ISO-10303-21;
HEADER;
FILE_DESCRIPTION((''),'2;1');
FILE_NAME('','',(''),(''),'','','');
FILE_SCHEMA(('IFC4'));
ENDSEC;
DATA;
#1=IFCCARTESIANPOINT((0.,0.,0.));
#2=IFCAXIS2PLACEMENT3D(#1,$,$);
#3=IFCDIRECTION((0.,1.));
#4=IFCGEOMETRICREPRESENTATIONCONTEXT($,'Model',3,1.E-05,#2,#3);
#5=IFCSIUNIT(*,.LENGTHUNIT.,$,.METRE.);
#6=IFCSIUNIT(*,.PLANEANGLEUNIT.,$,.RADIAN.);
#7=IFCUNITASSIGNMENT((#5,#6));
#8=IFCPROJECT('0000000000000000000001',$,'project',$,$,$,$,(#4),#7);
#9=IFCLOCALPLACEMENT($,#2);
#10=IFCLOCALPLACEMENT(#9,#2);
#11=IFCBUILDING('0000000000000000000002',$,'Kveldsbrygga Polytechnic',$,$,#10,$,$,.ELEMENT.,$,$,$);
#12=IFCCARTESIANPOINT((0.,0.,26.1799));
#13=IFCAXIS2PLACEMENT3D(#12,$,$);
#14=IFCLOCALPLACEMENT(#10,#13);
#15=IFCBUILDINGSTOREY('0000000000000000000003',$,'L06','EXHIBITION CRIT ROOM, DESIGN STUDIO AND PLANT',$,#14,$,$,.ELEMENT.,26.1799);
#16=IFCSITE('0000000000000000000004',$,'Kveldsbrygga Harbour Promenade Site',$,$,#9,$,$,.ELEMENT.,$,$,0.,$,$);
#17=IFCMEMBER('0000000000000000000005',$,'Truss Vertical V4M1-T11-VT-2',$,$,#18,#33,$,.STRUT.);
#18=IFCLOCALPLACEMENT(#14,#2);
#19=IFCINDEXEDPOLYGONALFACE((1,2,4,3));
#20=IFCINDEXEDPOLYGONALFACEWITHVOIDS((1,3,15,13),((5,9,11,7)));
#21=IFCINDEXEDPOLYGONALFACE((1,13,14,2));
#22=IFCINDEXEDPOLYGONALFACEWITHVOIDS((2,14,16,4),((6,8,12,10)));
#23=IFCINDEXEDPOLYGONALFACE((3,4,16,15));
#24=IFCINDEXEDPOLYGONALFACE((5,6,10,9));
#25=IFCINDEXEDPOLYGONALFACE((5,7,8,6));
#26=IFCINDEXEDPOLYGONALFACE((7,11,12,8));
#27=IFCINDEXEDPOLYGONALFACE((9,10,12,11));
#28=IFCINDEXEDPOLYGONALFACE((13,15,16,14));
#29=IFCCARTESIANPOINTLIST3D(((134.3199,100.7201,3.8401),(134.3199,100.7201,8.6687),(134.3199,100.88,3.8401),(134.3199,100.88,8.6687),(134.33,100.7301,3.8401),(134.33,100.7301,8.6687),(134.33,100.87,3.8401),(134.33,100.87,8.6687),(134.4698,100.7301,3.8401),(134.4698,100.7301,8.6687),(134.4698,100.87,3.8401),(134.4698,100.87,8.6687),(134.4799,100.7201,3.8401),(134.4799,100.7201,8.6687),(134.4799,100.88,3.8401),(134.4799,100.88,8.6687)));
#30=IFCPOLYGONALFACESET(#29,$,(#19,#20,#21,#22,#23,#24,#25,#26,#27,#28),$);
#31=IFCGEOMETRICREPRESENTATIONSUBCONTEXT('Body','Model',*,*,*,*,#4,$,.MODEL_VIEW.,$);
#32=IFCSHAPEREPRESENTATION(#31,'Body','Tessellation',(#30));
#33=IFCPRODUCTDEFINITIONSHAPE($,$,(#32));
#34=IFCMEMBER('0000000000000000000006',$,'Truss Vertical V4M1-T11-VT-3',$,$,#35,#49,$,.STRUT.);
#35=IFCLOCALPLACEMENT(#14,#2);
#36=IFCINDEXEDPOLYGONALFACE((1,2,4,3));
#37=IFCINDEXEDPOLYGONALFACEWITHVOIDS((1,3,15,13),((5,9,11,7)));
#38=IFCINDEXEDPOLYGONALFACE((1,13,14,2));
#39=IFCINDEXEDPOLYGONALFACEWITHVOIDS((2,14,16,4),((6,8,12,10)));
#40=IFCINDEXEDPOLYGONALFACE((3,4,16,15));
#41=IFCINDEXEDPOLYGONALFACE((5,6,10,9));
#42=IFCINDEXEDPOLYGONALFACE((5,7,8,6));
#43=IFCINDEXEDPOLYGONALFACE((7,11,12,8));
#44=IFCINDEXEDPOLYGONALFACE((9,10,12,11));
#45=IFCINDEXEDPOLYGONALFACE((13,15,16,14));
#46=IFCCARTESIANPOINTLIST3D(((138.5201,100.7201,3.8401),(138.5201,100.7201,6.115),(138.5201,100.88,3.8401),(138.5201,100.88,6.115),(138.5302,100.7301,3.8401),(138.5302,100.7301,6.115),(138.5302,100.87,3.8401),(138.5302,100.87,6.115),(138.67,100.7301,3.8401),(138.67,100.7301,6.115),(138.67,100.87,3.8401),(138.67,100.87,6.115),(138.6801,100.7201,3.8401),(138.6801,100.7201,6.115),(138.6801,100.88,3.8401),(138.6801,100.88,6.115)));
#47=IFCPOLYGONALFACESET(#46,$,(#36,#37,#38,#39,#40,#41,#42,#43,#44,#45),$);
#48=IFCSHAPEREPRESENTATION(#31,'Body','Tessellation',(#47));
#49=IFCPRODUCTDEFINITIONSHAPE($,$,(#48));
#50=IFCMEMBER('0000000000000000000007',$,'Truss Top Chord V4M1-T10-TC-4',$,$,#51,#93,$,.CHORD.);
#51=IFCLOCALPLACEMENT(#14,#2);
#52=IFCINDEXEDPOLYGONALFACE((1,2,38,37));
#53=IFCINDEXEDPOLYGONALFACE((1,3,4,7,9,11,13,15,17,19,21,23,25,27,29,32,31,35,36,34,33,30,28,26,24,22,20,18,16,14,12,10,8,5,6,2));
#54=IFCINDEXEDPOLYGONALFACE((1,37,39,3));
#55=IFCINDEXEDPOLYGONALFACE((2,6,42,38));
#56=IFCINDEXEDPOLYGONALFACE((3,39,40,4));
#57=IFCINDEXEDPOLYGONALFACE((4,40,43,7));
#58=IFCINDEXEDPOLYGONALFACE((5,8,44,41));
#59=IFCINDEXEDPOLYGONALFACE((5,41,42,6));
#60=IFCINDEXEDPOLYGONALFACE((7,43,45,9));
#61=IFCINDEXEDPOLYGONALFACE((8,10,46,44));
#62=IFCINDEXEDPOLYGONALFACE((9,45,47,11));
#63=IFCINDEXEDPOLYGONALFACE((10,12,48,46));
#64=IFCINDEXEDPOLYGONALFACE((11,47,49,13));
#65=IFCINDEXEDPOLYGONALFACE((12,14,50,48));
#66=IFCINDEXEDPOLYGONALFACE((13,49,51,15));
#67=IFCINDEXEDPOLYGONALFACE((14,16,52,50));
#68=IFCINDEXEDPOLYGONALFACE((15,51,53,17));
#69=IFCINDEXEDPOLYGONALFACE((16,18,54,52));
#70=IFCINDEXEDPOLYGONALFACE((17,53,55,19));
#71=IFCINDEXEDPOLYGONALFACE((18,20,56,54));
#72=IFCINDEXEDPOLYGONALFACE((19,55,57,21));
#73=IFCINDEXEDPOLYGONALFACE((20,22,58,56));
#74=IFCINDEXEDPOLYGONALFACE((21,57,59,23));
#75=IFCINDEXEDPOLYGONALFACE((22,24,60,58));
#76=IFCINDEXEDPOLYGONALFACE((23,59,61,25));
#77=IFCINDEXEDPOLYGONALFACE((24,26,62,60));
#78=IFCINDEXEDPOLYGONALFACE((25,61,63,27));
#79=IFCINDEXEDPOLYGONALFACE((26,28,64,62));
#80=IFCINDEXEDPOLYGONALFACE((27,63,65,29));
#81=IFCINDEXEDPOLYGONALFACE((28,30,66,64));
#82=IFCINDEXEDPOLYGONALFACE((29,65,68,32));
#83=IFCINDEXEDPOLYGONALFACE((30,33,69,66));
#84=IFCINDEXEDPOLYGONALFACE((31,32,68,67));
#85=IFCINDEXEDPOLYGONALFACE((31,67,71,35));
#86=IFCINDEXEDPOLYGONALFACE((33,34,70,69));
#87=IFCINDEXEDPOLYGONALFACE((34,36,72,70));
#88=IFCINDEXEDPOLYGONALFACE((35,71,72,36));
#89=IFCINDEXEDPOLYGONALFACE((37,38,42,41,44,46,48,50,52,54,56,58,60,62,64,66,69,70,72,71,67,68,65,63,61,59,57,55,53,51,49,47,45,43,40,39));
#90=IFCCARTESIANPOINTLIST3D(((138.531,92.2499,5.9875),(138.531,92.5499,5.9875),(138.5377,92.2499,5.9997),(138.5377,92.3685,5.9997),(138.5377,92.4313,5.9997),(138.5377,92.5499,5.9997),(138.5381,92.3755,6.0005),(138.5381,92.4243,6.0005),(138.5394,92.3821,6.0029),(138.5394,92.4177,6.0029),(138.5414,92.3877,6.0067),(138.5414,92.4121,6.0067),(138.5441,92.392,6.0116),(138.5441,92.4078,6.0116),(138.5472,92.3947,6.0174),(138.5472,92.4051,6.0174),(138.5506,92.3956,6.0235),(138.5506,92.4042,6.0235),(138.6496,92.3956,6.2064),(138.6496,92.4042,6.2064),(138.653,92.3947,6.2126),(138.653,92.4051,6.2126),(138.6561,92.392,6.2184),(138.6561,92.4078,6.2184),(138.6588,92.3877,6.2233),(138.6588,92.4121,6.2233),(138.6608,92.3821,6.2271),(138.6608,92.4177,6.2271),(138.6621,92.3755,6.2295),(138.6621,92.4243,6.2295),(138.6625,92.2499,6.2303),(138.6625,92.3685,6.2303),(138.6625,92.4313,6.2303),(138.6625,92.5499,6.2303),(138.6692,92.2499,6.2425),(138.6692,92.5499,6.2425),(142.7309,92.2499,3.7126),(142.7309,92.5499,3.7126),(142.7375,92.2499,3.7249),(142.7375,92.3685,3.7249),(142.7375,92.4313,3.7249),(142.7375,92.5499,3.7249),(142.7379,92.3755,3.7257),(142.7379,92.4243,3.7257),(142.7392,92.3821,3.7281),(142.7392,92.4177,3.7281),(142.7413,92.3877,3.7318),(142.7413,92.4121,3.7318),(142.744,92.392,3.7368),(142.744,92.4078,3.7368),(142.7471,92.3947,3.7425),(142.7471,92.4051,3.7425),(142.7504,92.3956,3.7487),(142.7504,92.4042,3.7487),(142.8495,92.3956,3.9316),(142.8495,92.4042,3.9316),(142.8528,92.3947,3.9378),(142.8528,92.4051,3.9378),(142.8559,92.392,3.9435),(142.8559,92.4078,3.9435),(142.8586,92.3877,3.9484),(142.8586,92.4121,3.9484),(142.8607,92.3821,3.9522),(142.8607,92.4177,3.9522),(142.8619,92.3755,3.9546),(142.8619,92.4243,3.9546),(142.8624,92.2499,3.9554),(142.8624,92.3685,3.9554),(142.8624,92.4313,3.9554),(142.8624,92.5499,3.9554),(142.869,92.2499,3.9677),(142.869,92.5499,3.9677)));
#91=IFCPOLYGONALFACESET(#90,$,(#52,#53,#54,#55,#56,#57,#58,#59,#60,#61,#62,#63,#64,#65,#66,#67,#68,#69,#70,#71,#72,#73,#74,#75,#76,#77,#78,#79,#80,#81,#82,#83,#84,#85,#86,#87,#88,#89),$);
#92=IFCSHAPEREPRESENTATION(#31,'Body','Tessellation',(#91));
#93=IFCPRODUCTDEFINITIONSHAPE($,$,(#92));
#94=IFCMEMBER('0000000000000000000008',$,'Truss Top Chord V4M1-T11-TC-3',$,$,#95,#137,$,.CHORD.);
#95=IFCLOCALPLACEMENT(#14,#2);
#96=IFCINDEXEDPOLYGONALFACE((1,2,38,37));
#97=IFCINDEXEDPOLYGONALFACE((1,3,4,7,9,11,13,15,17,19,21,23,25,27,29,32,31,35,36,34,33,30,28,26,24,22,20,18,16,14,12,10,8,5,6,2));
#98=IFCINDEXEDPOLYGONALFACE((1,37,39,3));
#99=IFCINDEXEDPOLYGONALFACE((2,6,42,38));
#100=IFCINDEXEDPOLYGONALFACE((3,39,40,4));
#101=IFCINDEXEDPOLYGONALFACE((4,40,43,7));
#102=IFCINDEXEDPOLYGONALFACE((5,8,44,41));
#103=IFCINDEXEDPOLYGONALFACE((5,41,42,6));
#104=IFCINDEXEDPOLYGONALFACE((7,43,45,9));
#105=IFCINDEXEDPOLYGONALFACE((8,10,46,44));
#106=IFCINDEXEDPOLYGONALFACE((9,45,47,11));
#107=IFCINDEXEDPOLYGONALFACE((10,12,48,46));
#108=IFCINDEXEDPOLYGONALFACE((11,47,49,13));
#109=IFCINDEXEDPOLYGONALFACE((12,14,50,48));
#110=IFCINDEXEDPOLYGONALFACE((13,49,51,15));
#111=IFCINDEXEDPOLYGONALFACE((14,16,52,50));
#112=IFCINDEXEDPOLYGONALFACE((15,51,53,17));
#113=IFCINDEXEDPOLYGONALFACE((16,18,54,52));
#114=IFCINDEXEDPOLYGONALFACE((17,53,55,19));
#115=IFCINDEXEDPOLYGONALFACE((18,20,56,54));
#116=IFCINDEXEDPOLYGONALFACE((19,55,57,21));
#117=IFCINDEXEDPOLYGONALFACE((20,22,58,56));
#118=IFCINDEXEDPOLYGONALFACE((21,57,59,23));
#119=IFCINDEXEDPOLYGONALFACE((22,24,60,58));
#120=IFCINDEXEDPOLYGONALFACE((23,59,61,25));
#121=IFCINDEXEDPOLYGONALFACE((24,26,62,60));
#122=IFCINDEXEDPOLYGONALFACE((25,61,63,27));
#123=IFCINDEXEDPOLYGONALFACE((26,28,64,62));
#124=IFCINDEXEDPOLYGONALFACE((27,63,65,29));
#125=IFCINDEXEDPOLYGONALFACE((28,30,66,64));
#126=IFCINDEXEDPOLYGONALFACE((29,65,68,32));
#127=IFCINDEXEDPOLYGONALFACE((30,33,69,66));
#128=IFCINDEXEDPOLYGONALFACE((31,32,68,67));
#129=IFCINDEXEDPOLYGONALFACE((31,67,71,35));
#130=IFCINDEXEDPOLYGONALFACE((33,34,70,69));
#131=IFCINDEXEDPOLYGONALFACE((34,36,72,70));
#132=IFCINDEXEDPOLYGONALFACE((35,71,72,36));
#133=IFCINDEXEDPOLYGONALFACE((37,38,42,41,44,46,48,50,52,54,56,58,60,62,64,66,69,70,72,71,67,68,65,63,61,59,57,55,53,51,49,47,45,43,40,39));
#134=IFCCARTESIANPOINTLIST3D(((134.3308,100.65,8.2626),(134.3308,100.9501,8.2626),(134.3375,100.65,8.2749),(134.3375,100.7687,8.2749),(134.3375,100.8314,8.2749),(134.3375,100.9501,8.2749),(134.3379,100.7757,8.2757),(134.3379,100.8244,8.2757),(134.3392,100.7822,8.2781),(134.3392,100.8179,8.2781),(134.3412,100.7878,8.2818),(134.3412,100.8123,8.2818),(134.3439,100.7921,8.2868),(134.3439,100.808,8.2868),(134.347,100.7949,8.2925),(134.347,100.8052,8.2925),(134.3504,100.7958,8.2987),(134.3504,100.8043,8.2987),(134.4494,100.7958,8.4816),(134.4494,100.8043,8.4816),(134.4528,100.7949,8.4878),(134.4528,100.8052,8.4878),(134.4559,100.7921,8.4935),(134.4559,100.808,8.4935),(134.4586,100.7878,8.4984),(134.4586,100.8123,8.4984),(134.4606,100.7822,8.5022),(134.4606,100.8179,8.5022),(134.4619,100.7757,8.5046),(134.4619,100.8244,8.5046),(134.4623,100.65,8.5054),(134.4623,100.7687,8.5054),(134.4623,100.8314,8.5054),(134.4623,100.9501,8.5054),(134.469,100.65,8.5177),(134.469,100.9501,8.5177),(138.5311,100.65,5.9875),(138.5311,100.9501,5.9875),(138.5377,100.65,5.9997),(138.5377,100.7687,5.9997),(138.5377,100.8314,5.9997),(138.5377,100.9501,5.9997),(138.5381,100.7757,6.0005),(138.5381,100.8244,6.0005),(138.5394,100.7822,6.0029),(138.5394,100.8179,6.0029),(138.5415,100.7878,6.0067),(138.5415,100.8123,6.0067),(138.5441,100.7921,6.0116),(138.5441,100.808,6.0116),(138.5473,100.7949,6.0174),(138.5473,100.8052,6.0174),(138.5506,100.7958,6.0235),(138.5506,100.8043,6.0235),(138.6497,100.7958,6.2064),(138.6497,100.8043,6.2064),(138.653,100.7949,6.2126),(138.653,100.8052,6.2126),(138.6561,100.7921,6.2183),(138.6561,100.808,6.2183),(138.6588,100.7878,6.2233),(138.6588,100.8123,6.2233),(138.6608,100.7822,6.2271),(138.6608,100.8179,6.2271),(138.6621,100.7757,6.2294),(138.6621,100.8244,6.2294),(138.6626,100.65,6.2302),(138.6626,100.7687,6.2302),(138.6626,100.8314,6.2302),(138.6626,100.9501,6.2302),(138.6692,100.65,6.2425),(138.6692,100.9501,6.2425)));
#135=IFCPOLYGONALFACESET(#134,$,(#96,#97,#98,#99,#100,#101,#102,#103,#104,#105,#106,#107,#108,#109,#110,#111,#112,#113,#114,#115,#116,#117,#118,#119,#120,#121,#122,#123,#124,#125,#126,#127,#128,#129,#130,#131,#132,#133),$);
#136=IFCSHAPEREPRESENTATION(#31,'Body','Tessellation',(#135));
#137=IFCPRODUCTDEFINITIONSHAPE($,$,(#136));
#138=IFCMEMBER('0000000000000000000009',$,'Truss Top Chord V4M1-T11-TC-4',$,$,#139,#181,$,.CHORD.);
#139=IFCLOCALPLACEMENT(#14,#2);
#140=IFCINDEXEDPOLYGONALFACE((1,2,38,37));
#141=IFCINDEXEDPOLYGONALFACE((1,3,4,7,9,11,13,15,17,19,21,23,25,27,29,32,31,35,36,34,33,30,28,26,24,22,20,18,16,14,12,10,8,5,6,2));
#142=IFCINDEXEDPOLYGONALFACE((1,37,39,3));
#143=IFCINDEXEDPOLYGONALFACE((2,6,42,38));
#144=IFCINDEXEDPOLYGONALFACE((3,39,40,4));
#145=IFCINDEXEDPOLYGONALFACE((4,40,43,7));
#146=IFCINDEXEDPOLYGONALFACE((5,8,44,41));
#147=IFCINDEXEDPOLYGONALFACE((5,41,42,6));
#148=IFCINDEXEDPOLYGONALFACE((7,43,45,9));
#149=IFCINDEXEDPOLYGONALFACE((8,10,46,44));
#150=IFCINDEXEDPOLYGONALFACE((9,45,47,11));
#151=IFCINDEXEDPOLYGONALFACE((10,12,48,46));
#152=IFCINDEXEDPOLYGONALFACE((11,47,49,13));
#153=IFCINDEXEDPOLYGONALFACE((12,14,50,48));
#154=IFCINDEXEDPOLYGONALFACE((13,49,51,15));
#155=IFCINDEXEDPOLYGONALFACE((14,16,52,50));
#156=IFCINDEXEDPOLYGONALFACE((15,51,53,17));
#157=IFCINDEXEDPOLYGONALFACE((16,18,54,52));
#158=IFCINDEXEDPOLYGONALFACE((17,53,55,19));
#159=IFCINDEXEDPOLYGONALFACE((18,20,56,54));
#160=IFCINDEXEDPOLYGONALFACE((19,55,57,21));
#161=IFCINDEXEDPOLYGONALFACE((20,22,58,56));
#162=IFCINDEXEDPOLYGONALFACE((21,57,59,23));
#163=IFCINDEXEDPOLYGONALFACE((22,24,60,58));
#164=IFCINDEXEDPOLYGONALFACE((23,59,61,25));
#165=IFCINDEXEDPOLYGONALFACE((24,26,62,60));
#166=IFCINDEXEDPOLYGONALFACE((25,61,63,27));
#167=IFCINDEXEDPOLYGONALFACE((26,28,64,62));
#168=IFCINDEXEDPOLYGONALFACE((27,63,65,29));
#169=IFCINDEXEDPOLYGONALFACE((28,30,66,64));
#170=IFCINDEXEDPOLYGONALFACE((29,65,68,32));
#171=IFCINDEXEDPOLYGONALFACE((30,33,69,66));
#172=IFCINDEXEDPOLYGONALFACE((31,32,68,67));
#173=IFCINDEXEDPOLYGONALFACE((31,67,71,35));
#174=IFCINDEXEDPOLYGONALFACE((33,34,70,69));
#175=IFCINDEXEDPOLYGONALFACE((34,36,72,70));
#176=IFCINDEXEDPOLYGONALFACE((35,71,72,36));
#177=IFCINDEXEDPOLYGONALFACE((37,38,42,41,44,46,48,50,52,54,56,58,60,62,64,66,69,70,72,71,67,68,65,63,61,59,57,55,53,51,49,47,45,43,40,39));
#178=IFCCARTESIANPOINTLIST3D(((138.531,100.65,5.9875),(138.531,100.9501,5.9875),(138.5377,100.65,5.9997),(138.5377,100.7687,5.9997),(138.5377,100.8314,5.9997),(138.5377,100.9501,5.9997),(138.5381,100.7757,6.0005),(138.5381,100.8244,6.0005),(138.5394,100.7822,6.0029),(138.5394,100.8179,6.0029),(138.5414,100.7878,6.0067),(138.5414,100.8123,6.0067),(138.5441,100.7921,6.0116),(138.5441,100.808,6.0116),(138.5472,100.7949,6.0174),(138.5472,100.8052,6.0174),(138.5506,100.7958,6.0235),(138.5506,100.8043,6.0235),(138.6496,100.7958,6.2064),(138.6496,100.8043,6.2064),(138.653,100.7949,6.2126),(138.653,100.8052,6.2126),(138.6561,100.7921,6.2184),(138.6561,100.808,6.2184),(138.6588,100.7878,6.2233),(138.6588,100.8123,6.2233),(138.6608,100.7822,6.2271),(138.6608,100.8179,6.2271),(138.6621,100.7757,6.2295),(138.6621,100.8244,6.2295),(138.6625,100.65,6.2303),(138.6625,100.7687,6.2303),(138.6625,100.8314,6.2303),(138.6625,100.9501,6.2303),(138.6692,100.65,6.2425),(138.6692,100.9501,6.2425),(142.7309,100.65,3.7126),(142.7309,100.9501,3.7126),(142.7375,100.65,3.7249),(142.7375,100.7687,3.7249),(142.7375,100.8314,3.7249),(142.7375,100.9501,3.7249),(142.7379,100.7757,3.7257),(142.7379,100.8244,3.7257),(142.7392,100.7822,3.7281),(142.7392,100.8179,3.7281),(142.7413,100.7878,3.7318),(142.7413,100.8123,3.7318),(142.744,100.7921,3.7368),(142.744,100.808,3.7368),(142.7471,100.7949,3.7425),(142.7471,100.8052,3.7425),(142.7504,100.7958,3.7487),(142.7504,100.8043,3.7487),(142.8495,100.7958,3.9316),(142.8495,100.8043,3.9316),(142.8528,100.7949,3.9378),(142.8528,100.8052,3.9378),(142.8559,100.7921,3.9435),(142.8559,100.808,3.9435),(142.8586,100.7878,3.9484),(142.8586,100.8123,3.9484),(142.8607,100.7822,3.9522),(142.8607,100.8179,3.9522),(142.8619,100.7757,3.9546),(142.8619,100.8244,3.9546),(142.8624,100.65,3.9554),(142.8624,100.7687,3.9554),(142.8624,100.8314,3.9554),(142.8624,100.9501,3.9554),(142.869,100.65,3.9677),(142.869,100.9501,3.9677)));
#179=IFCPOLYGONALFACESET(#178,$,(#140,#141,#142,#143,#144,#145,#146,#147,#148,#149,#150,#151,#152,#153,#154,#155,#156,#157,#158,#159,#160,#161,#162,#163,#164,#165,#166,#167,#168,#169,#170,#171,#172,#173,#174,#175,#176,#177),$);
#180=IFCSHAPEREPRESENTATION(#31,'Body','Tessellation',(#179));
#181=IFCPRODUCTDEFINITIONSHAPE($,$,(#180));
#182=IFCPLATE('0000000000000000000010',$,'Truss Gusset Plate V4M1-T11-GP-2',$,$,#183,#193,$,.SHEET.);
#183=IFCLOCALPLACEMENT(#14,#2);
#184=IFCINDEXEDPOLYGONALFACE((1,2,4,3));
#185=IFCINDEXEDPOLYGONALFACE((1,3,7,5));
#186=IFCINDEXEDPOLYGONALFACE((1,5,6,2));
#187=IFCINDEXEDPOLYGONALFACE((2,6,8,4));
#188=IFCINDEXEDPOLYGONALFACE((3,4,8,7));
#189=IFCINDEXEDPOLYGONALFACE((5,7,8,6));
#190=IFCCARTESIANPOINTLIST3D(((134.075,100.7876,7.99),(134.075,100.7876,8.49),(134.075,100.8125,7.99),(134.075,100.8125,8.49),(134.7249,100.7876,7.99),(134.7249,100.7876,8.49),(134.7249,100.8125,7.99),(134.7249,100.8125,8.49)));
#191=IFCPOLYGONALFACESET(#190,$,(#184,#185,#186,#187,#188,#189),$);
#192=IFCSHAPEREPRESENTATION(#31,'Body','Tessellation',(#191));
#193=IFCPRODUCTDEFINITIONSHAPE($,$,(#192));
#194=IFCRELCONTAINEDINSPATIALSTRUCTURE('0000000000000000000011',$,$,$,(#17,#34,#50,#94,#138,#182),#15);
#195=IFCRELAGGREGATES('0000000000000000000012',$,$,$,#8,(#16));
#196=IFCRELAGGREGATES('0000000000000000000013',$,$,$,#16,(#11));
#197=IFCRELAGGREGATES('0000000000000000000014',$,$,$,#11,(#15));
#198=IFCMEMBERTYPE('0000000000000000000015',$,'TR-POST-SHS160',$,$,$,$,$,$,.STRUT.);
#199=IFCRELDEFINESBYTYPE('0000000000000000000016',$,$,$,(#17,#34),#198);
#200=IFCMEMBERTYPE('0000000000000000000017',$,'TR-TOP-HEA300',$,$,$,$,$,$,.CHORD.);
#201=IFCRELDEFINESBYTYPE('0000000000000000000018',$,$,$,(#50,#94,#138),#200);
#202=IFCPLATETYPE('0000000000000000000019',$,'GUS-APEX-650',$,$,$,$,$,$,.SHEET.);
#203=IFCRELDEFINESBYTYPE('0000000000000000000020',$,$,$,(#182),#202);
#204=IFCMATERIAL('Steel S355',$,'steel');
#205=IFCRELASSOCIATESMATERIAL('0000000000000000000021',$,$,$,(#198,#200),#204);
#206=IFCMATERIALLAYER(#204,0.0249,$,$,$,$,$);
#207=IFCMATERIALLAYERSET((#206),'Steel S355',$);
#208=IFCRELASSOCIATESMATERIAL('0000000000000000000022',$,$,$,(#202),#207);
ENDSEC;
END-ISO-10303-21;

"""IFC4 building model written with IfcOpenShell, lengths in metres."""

from ifc_helpers import new_model, si_unit, direction, frame, origin, origin_2d, place, context, subcontext, project, spatial, rectangle, hollow_rectangle, i_section, extrude, material, layer, layer_set, material_profile, profile_set, type_object, element, save


model = new_model("IFC4")

# Units and contexts
model_context = context("Model", 3, precision=1e-05, world=origin(), true_north=direction((0.0, 1.0)))
body_context = subcontext(model_context, "Body", "Model", "MODEL_VIEW")
ifc_project = project(units=[si_unit("LENGTHUNIT", "METRE"), si_unit("PLANEANGLEUNIT", "RADIAN")], contexts=[model_context])

# Site, building, storey
site_placement = place(None, origin())
site = spatial("IfcSite", under=ifc_project, at=site_placement, Name="Kveldsbrygga Harbour Promenade Site", CompositionType="ELEMENT", RefElevation=0.0)
building_placement = place(site_placement, origin())
building = spatial("IfcBuilding", under=site, at=building_placement, Name="Kveldsbrygga Polytechnic", CompositionType="ELEMENT")
storey_placement = place(building_placement, frame((0.0, 0.0, 26.1799)))
storey = spatial("IfcBuildingStorey", under=building, at=storey_placement, Name="L06", Description="EXHIBITION CRIT ROOM, DESIGN STUDIO AND PLANT", CompositionType="ELEMENT", Elevation=26.1799)

# Members
ifc_material_1 = material(Name="Steel S355", Category="steel")
ifc_material_profile_1 = material_profile(ifc_material_1, hollow_rectangle(XDim=0.1599, YDim=0.1599, WallThickness=0.01, at=origin_2d()), Name="SHS 160x160x10.0")
ifc_profile_set_1 = profile_set([ifc_material_profile_1], Name="Steel S355")
member_type_1 = type_object("IfcMemberType", Name="TR-POST-SHS160", PredefinedType="STRUT", material=ifc_profile_set_1)
member_1_placement = place(storey_placement, frame((134.3999, 100.8, 3.8401), z_axis=(0.0, 0.0, 1.0), x_axis=(1.0, 0.0, 0.0)))
element("IfcMember", 1, at=member_1_placement, inside=storey, type_object=member_type_1, Name="Truss Vertical V4M1-T11-VT-2", PredefinedType="STRUT", context=body_context, shape_type="SweptSolid", body=[
    extrude(hollow_rectangle(XDim=0.1599, YDim=0.1599, WallThickness=0.01, at=origin_2d()), origin(), (0.0, 0.0, 1.0), 4.8286),
])
member_2_placement = place(storey_placement, frame((138.6001, 100.8, 3.8401), z_axis=(0.0, 0.0, 1.0), x_axis=(1.0, 0.0, 0.0)))
element("IfcMember", 2, at=member_2_placement, inside=storey, type_object=member_type_1, Name="Truss Vertical V4M1-T11-VT-3", PredefinedType="STRUT", context=body_context, shape_type="SweptSolid", body=[
    extrude(hollow_rectangle(XDim=0.1599, YDim=0.1599, WallThickness=0.01, at=origin_2d()), origin(), (0.0, 0.0, 1.0), 2.2749),
])
ifc_material_profile_2 = material_profile(ifc_material_1, i_section(OverallWidth=0.3, OverallDepth=0.29, WebThickness=0.0085, FlangeThickness=0.0139, FilletRadius=0.0271, at=origin_2d()), Name="HEA 300")
ifc_profile_set_2 = profile_set([ifc_material_profile_2], Name="Steel S355")
member_type_2 = type_object("IfcMemberType", Name="TR-TOP-HEA300", PredefinedType="CHORD", material=ifc_profile_set_2)
member_3_placement = place(storey_placement, frame((138.6001, 92.3999, 6.115), z_axis=(0.879298, 0.0, -0.476272), x_axis=(0.0, 1.0, 0.0)))
element("IfcMember", 3, at=member_3_placement, inside=storey, type_object=member_type_2, Name="Truss Top Chord V4M1-T10-TC-4", PredefinedType="CHORD", context=body_context, shape_type="SweptSolid", body=[
    extrude(i_section(OverallWidth=0.3, OverallDepth=0.29, WebThickness=0.0085, FlangeThickness=0.0139, FilletRadius=0.0271, at=origin_2d()), origin(), (0.0, 0.0, 1.0), 4.7764),
])
member_4_placement = place(storey_placement, frame((134.3999, 100.8, 8.3901), z_axis=(0.879288, 0.0, -0.47629), x_axis=(0.0, 1.0, 0.0)))
element("IfcMember", 4, at=member_4_placement, inside=storey, type_object=member_type_2, Name="Truss Top Chord V4M1-T11-TC-3", PredefinedType="CHORD", context=body_context, shape_type="SweptSolid", body=[
    extrude(i_section(OverallWidth=0.3, OverallDepth=0.29, WebThickness=0.0085, FlangeThickness=0.0139, FilletRadius=0.0271, at=origin_2d()), origin(), (0.0, 0.0, 1.0), 4.7769),
])
member_5_placement = place(storey_placement, frame((138.6001, 100.8, 6.115), z_axis=(0.879298, 0.0, -0.476272), x_axis=(0.0, 1.0, 0.0)))
element("IfcMember", 5, at=member_5_placement, inside=storey, type_object=member_type_2, Name="Truss Top Chord V4M1-T11-TC-4", PredefinedType="CHORD", context=body_context, shape_type="SweptSolid", body=[
    extrude(i_section(OverallWidth=0.3, OverallDepth=0.29, WebThickness=0.0085, FlangeThickness=0.0139, FilletRadius=0.0271, at=origin_2d()), origin(), (0.0, 0.0, 1.0), 4.7764),
])

# Plate
ifc_layer_1 = layer(ifc_material_1, 0.0249)
ifc_layer_set_1 = layer_set([ifc_layer_1], Name="Steel S355")
plate_type_1 = type_object("IfcPlateType", Name="GUS-APEX-650", PredefinedType="SHEET", material=ifc_layer_set_1)
plate_1_placement = place(storey_placement, frame((134.3999, 100.8, 7.99), z_axis=(0.0, 0.0, 1.0), x_axis=(1.0, 0.0, 0.0)))
element("IfcPlate", 6, at=plate_1_placement, inside=storey, type_object=plate_type_1, Name="Truss Gusset Plate V4M1-T11-GP-2", PredefinedType="SHEET", context=body_context, shape_type="SweptSolid", body=[
    extrude(rectangle(XDim=0.6499, YDim=0.0249, at=origin_2d()), origin(), (0.0, 0.0, 1.0), 0.5),
])

save(model, "model.ifc")
